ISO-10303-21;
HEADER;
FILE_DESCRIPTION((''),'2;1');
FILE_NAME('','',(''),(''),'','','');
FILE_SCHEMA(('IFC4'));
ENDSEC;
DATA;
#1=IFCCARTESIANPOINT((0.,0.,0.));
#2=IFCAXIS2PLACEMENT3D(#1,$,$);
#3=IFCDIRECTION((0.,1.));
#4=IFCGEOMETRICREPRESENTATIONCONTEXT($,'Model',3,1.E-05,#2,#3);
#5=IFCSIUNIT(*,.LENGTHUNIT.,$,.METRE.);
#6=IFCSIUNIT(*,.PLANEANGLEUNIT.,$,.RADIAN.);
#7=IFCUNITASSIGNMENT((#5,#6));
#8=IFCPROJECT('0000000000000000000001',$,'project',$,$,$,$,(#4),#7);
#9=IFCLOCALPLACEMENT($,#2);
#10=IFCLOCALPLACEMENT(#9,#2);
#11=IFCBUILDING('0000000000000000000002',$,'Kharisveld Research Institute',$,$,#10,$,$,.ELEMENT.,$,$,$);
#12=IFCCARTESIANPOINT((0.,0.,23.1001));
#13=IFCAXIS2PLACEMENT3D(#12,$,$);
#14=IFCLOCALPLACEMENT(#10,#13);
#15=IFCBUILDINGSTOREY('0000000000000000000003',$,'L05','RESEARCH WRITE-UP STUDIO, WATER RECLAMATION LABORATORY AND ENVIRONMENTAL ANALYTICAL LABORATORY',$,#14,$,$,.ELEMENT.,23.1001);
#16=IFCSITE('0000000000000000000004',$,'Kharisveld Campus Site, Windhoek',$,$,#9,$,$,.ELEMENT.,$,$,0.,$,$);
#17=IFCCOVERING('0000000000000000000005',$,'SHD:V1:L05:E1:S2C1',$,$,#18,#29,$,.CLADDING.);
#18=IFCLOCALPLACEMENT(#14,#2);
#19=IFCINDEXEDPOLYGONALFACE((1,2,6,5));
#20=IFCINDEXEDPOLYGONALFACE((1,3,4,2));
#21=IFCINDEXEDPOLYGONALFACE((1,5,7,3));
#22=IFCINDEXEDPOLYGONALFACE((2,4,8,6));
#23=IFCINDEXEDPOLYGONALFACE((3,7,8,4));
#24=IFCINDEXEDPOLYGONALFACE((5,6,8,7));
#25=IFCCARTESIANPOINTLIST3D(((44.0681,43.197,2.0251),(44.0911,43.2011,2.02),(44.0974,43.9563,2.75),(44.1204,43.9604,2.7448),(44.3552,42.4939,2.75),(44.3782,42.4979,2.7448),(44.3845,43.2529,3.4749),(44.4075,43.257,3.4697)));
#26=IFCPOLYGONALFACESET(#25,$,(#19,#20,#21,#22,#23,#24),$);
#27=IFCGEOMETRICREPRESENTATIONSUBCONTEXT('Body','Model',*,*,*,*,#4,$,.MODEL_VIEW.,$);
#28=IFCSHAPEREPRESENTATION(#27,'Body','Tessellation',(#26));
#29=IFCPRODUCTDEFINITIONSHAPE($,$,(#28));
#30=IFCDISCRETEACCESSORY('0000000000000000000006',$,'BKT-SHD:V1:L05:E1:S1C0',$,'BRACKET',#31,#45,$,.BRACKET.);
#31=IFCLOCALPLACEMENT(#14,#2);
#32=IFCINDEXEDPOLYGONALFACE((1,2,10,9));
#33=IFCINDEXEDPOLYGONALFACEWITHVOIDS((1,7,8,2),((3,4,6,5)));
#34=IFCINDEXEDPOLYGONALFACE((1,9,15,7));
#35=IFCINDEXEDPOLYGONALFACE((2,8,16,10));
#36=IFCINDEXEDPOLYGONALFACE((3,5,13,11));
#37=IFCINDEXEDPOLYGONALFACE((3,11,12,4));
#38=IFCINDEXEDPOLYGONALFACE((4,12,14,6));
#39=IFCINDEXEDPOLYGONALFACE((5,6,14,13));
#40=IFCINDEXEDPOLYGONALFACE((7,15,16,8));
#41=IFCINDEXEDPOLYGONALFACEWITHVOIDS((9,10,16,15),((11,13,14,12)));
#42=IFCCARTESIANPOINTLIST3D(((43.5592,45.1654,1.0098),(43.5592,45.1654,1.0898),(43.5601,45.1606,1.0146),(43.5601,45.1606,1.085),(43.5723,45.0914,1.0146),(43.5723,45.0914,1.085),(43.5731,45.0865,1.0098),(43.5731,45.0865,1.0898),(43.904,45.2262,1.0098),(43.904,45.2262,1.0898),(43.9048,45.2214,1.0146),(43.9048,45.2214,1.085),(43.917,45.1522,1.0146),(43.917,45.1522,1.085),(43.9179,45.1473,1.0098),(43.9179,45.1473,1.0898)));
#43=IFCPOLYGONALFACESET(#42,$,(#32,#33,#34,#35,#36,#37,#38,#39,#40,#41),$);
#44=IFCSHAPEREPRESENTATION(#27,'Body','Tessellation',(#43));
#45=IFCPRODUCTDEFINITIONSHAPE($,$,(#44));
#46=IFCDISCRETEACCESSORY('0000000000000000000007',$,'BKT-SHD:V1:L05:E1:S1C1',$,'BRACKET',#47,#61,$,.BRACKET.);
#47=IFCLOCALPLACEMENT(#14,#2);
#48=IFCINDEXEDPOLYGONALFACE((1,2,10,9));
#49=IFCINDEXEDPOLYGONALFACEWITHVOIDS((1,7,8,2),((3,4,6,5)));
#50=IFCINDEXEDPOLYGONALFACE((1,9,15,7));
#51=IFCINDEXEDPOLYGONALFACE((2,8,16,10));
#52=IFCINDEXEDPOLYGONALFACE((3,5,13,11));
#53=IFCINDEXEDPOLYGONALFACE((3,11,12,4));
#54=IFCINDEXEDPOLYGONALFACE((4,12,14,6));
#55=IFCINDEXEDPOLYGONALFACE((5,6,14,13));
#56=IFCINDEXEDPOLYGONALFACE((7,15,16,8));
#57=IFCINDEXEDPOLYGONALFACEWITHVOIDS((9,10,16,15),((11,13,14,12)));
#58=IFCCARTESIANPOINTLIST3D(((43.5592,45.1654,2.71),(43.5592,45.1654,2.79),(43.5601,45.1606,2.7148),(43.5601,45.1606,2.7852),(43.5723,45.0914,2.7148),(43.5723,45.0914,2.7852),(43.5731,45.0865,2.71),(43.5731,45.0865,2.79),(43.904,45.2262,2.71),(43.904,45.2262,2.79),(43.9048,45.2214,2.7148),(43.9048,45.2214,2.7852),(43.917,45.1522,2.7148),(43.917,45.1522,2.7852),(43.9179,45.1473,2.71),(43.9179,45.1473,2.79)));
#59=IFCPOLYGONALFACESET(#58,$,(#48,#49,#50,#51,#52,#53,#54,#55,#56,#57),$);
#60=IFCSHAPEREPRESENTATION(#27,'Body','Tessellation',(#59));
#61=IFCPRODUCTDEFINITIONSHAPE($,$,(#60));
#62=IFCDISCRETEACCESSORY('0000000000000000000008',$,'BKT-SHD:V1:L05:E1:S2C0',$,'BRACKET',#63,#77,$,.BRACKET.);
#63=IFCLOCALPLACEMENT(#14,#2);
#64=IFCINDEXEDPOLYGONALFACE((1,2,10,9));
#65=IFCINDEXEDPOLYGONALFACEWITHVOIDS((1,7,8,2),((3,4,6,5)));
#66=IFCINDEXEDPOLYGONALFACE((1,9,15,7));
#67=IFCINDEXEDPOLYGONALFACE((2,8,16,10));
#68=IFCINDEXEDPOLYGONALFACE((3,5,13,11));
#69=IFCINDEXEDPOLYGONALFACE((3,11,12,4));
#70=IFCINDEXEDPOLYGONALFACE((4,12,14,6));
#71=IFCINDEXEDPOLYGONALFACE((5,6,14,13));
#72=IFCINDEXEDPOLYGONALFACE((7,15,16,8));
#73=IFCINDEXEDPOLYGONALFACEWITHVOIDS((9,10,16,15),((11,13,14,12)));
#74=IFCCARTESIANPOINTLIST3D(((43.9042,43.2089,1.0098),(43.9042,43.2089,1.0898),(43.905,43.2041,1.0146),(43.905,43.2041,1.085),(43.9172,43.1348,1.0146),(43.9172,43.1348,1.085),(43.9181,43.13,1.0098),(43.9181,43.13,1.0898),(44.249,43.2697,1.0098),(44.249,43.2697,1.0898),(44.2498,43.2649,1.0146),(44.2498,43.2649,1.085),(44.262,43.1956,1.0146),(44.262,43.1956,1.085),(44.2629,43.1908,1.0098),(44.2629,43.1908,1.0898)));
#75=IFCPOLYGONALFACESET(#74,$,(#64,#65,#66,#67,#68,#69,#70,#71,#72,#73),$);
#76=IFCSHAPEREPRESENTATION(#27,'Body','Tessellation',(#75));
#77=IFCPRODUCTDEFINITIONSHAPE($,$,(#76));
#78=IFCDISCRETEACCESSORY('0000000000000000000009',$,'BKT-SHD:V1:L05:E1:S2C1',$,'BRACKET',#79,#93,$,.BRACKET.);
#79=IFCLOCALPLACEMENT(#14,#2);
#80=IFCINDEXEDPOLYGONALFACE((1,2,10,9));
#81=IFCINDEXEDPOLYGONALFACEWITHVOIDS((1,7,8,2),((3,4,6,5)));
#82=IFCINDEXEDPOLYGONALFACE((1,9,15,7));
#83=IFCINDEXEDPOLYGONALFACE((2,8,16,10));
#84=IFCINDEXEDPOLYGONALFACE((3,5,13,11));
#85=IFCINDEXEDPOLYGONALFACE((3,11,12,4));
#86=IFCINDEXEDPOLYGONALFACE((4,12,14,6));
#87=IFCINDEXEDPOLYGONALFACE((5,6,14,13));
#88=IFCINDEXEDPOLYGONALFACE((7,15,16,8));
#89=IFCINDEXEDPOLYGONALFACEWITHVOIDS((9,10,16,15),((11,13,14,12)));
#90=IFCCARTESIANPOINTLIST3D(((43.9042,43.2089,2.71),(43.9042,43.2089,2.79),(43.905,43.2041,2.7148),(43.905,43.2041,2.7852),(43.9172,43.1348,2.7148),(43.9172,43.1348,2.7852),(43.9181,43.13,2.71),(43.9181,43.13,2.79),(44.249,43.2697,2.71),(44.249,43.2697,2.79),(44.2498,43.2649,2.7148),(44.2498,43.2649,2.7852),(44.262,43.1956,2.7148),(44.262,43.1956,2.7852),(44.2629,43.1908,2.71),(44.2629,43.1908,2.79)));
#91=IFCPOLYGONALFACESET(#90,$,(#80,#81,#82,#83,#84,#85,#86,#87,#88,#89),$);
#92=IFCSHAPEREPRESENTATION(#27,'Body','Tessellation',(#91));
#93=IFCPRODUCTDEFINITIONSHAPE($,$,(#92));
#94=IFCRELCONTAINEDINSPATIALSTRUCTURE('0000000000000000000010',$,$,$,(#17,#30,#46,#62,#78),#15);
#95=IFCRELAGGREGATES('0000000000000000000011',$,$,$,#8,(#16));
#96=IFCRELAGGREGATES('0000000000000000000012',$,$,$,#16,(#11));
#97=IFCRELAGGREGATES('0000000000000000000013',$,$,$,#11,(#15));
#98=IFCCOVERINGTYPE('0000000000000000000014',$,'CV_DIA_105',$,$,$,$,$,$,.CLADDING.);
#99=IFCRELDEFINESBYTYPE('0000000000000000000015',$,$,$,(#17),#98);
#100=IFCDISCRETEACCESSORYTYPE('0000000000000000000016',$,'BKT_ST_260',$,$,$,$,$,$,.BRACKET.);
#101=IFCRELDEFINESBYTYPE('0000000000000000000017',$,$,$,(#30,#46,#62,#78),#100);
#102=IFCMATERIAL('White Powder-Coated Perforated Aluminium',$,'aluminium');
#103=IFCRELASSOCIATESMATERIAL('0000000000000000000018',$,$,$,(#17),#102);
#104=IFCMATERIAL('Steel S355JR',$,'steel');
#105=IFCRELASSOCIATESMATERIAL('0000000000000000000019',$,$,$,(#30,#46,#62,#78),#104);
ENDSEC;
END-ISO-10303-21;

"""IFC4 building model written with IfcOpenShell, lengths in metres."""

from ifc_helpers import new_model, si_unit, direction, frame, origin, origin_2d, place, context, subcontext, project, spatial, polyline, hollow_rectangle, outline, extrude, material, type_object, element, save


model = new_model("IFC4")

# Units and contexts
model_context = context("Model", 3, precision=1e-05, world=origin(), true_north=direction((0.0, 1.0)))
body_context = subcontext(model_context, "Body", "Model", "MODEL_VIEW")
ifc_project = project(units=[si_unit("LENGTHUNIT", "METRE"), si_unit("PLANEANGLEUNIT", "RADIAN")], contexts=[model_context])

# Site, building, storey
site_placement = place(None, origin())
site = spatial("IfcSite", under=ifc_project, at=site_placement, Name="Kharisveld Campus Site, Windhoek", CompositionType="ELEMENT", RefElevation=0.0)
building_placement = place(site_placement, origin())
building = spatial("IfcBuilding", under=site, at=building_placement, Name="Kharisveld Research Institute", CompositionType="ELEMENT")
storey_placement = place(building_placement, frame((0.0, 0.0, 23.1001)))
storey = spatial("IfcBuildingStorey", under=building, at=storey_placement, Name="L05", Description="RESEARCH WRITE-UP STUDIO, WATER RECLAMATION LABORATORY AND ENVIRONMENTAL ANALYTICAL LABORATORY", CompositionType="ELEMENT", Elevation=23.1001)

# Shared definitions
ifc_material_1 = material(Name="Steel S355JR", Category="steel")

# Covering
ifc_material_2 = material(Name="White Powder-Coated Perforated Aluminium", Category="aluminium")
covering_type = type_object("IfcCoveringType", Name="CV_DIA_105", PredefinedType="CLADDING")
for number, where, z_axis, x_axis, name in (
    (1, (44.0681, 43.197, 2.0251), (-0.961481, -0.169503, 0.216385), (0.273452, -0.669728, 0.690426), "SHD:V1:L05:E1:S2C1"),
):
    element("IfcCovering", number, at=place(storey_placement, frame(where, z_axis=z_axis, x_axis=x_axis)), inside=storey, type_object=covering_type, material=ifc_material_2, Name=name, PredefinedType="CLADDING", context=body_context, shape_type="SweptSolid", body=[
        extrude(outline(polyline([(0.0, 0.0), (1.0499, 0.0), (1.05, 1.05), (0.0, 1.0501), (0.0, 0.0)])), origin(), (0.0, 0.0, -1.0), 0.0239),
    ])

# Discrete accessories
discrete_accessory_type = type_object("IfcDiscreteAccessoryType", Name="BKT_ST_260", PredefinedType="BRACKET")
for number, where, z_axis, x_axis, name in (
    (2, (43.5662, 45.126, 1.0498), (0.984805, 0.173666, 0.0), (-0.173666, 0.984805, 0.0), "BKT-SHD:V1:L05:E1:S1C0"),
    (3, (43.5662, 45.126, 2.75), (0.984805, 0.173666, 0.0), (-0.173666, 0.984805, 0.0), "BKT-SHD:V1:L05:E1:S1C1"),
    (4, (43.9111, 43.1694, 1.0498), (0.984805, 0.173666, 0.0), (-0.173666, 0.984805, 0.0), "BKT-SHD:V1:L05:E1:S2C0"),
    (5, (43.9111, 43.1694, 2.75), (0.984805, 0.173666, 0.0), (-0.173666, 0.984805, 0.0), "BKT-SHD:V1:L05:E1:S2C1"),
):
    element("IfcDiscreteAccessory", number, at=place(storey_placement, frame(where, z_axis=z_axis, x_axis=x_axis)), inside=storey, type_object=discrete_accessory_type, material=ifc_material_1, Name=name, ObjectType="BRACKET", PredefinedType="BRACKET", context=body_context, shape_type="SweptSolid", body=[
        extrude(hollow_rectangle(XDim=0.0801, YDim=0.0801, WallThickness=0.0049, at=origin_2d()), origin(), (0.0, 0.0, 1.0), 0.3501),
    ])

save(model, "model.ifc")
